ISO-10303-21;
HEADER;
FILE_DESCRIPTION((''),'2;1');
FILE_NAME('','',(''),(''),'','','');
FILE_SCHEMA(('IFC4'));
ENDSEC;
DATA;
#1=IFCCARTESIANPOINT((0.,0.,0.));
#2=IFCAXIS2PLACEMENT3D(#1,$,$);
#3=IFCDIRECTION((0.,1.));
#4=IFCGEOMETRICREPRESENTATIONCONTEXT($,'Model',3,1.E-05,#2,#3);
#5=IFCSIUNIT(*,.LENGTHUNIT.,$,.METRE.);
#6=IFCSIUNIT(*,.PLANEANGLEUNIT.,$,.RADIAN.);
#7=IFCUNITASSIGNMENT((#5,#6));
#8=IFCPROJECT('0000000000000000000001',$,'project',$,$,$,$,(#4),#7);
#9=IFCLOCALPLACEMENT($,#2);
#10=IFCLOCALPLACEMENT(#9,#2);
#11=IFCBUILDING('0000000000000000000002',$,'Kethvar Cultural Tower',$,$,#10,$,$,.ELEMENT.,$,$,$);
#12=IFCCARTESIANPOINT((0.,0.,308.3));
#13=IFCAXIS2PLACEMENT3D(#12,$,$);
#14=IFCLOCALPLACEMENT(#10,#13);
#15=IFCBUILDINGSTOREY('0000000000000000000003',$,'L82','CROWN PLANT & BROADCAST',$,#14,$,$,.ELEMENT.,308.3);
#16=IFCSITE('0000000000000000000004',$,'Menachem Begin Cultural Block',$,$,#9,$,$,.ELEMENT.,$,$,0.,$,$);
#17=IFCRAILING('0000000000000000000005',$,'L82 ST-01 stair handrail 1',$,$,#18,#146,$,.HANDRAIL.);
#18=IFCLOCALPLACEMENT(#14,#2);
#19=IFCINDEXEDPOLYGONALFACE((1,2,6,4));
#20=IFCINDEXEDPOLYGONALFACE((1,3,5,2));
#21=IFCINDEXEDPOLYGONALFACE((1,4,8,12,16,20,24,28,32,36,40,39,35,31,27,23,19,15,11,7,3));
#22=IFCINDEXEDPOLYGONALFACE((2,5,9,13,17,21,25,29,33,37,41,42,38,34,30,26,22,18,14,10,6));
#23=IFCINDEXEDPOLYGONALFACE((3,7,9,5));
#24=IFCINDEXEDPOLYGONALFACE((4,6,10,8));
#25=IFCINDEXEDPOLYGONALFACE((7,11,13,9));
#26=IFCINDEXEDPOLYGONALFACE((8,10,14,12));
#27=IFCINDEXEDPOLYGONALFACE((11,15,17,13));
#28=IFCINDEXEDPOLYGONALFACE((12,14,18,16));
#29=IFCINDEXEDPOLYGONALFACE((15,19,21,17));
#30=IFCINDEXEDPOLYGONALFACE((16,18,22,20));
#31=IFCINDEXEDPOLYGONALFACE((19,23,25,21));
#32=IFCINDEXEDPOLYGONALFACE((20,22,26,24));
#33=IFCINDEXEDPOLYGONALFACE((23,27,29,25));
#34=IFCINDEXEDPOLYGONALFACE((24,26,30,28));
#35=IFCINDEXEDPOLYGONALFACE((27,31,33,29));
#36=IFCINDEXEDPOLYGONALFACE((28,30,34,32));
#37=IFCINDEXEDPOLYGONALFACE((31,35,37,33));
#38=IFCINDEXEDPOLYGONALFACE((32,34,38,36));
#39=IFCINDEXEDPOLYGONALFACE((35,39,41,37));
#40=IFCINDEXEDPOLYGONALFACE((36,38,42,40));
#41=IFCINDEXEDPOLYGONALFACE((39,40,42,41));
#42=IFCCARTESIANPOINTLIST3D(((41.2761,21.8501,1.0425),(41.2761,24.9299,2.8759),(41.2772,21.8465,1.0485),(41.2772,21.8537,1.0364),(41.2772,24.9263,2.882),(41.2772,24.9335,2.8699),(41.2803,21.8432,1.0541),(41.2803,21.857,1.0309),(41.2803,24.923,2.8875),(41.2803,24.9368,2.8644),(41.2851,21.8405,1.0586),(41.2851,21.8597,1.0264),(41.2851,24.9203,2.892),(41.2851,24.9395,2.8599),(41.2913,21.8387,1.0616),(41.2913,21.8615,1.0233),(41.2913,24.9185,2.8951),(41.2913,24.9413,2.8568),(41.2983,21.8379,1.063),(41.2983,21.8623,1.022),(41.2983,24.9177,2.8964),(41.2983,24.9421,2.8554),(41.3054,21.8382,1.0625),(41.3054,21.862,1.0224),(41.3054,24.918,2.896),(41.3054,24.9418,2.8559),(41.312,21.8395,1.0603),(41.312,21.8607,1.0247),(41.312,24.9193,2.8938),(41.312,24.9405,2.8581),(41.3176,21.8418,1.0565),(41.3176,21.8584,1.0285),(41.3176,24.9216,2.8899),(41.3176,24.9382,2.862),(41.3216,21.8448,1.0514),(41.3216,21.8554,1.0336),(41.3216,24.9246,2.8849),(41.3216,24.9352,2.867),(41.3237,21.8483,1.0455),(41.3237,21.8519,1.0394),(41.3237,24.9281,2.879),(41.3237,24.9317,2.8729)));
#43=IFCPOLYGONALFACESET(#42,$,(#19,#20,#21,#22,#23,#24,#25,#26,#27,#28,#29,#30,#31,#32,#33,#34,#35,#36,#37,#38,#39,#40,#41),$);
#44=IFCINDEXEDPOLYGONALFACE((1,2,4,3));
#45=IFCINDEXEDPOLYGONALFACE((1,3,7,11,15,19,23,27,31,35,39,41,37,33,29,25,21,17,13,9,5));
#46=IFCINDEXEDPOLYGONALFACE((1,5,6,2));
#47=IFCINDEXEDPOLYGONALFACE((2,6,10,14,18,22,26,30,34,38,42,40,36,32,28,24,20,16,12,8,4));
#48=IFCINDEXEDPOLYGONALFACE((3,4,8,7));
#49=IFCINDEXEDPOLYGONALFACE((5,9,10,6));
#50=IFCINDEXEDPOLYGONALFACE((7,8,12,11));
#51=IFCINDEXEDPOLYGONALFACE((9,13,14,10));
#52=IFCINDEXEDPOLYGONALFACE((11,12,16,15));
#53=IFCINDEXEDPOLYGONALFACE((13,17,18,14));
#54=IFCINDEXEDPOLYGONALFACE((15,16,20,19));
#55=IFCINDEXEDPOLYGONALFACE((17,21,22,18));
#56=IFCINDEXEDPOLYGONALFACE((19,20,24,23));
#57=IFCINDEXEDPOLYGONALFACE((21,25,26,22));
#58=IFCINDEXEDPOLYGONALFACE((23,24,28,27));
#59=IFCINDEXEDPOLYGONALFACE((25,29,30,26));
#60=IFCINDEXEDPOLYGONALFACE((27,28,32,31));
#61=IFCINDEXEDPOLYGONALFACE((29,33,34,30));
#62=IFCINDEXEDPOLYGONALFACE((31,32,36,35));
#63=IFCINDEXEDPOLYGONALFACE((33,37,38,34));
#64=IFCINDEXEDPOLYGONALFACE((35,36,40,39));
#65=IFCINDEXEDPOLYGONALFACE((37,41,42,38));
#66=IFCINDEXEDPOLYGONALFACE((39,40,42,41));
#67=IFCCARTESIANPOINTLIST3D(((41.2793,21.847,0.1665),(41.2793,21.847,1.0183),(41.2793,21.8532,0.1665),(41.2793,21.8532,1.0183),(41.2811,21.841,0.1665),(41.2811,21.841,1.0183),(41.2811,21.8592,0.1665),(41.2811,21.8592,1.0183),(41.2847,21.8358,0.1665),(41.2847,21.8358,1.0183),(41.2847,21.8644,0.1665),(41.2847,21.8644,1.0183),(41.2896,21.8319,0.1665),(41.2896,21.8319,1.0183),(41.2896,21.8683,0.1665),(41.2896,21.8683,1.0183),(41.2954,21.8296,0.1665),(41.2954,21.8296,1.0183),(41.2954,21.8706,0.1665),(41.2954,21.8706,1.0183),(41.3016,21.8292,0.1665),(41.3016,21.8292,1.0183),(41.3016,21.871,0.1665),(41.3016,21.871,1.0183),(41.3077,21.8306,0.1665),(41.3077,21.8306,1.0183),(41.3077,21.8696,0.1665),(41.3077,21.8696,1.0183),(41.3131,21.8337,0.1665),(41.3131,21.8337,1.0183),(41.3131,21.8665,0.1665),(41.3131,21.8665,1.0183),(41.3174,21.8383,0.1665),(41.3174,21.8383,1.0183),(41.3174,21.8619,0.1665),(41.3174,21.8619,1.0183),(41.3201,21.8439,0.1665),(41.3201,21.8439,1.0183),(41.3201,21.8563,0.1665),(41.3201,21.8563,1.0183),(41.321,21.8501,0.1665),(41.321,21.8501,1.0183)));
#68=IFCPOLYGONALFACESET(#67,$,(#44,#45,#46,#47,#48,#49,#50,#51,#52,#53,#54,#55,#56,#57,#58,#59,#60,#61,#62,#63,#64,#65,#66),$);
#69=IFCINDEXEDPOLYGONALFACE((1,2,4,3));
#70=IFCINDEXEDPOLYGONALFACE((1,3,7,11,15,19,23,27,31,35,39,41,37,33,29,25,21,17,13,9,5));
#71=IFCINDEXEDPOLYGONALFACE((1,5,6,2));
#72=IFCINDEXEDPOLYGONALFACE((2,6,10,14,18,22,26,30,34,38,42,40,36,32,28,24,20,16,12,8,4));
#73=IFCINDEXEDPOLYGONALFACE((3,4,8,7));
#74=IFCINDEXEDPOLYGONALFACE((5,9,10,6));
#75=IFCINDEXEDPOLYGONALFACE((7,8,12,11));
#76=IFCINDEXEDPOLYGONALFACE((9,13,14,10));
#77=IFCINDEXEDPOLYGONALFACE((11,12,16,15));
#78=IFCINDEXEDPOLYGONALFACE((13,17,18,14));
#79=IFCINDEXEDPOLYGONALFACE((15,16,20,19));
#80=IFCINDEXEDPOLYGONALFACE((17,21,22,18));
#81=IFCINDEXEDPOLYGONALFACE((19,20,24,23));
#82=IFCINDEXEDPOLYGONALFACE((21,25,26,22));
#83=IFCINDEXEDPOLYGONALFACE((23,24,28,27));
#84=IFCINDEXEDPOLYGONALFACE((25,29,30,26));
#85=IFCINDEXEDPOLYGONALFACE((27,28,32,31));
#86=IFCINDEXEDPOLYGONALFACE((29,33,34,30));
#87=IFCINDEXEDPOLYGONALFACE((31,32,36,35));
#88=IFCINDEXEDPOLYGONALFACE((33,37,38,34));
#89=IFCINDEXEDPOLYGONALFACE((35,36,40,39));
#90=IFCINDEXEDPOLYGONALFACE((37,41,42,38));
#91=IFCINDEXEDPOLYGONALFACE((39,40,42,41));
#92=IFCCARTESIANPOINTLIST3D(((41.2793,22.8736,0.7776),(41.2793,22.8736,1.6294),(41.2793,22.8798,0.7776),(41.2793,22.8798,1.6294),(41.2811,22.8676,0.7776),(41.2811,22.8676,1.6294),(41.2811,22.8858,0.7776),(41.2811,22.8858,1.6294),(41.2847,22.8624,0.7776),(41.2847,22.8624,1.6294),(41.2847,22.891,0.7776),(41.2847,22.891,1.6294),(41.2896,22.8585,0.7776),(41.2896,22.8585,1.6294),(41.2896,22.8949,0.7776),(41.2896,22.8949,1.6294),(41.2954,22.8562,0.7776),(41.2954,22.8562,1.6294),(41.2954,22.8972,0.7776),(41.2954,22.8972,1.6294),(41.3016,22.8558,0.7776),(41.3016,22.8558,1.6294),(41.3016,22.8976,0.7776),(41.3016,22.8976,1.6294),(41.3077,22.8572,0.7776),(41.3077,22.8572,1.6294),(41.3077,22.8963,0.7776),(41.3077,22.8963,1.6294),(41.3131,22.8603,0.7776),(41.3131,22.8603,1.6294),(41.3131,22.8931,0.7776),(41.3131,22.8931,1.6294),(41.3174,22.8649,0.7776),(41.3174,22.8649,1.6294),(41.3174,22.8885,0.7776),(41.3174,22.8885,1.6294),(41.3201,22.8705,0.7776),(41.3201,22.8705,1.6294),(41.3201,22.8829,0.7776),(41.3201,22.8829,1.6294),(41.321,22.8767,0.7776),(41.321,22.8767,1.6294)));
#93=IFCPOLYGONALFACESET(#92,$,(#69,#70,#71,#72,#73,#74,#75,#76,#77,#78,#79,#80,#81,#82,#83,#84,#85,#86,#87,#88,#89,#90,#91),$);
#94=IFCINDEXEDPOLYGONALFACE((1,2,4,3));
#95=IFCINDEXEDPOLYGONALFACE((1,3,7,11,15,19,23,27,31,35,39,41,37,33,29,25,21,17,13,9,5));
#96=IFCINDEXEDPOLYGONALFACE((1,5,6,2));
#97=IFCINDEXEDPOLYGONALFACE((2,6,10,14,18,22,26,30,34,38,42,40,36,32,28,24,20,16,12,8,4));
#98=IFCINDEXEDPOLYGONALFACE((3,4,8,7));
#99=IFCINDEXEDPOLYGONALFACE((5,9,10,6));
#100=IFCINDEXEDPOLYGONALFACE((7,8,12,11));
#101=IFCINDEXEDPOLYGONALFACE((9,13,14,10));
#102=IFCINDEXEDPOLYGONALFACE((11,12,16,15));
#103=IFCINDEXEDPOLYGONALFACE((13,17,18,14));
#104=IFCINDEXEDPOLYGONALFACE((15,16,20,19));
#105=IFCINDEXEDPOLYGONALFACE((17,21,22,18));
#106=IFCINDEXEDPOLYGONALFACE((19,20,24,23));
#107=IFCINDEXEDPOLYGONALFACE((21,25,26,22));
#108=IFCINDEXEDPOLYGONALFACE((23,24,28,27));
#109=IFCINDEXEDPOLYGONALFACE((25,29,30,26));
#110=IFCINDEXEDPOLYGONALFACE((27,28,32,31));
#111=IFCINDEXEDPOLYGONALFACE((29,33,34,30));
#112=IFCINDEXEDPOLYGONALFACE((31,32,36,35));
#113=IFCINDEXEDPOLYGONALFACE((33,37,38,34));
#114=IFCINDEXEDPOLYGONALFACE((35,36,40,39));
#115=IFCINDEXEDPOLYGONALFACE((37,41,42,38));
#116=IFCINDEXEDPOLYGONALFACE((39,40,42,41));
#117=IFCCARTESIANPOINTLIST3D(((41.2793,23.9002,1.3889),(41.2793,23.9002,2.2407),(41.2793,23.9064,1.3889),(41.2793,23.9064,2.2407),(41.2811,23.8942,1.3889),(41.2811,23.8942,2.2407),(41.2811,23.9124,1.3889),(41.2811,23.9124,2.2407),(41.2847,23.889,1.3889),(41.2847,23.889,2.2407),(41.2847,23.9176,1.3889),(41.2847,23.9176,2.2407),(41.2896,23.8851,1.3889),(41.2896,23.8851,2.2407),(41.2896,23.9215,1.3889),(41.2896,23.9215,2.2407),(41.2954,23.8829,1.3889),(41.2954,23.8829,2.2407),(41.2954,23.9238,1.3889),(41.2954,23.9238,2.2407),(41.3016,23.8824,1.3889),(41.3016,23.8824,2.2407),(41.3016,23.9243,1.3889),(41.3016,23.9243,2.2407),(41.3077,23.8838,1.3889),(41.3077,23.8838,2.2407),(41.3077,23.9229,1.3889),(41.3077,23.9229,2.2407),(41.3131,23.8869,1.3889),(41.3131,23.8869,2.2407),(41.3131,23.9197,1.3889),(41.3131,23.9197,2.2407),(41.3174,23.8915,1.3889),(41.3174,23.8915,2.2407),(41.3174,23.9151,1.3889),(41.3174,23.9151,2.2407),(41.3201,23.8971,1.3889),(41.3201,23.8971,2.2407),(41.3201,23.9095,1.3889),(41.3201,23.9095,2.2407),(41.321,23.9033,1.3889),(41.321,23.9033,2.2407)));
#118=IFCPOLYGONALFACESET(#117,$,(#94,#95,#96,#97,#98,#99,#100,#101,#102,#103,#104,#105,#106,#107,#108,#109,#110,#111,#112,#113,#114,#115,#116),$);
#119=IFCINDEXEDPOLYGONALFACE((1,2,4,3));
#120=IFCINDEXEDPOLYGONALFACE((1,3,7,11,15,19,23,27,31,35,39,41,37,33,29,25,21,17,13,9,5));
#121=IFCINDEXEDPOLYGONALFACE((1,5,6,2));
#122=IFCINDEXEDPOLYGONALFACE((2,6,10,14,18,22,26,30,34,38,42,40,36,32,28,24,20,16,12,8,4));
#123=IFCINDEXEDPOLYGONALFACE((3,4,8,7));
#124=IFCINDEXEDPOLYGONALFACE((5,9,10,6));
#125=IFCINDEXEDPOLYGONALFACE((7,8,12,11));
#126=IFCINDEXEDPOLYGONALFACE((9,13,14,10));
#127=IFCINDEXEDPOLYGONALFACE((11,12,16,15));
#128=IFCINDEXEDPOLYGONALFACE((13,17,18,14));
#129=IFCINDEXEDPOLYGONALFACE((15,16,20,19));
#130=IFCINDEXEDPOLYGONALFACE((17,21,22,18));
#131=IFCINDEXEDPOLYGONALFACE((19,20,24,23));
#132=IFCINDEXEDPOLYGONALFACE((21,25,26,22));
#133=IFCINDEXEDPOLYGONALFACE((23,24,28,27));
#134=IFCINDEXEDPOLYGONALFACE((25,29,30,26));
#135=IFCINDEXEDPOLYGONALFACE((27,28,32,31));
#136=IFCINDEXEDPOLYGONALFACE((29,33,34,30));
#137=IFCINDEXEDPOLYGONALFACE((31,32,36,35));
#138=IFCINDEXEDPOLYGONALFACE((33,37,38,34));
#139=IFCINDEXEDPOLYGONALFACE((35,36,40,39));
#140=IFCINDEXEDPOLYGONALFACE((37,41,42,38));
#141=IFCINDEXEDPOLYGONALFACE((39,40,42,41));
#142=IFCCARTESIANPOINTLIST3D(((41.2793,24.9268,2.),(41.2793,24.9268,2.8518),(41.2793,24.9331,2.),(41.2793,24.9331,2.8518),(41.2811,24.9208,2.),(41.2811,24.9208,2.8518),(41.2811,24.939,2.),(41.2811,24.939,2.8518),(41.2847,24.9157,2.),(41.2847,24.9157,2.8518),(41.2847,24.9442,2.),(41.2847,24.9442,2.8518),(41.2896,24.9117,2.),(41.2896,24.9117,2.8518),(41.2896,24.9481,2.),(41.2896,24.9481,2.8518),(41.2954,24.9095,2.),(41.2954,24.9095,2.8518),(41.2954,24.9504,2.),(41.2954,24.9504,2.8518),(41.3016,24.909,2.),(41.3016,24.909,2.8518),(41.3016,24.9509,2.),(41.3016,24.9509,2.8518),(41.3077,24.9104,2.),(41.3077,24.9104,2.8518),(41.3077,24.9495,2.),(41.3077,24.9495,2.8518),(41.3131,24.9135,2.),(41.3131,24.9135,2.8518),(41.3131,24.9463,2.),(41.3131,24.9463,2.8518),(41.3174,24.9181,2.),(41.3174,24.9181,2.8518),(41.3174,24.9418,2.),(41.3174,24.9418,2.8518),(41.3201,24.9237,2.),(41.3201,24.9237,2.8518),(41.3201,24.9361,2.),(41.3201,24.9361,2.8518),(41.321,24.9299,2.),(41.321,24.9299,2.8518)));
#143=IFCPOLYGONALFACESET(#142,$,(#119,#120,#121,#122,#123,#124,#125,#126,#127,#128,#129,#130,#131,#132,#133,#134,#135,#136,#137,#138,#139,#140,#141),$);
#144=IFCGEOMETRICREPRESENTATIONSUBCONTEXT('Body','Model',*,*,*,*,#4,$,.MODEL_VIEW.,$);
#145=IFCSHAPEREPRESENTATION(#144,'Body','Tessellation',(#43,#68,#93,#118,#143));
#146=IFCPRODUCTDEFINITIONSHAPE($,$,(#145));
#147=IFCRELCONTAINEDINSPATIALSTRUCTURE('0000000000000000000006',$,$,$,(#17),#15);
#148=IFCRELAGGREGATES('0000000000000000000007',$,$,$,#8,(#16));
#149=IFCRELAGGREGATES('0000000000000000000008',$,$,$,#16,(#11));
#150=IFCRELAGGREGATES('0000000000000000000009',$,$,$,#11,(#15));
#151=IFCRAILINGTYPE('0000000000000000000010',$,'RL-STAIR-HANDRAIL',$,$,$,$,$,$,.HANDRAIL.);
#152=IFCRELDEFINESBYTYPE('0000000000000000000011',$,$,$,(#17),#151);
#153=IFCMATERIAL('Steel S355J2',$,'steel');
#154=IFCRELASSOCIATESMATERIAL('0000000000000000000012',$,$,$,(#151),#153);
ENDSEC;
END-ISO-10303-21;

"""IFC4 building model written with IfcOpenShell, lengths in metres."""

from ifc_helpers import new_model, si_unit, direction, frame, origin, origin_2d, place, context, subcontext, project, spatial, circle, extrude, material, type_object, element, save


model = new_model("IFC4")

# Units and contexts
model_context = context("Model", 3, precision=1e-05, world=origin(), true_north=direction((0.0, 1.0)))
body_context = subcontext(model_context, "Body", "Model", "MODEL_VIEW")
ifc_project = project(units=[si_unit("LENGTHUNIT", "METRE"), si_unit("PLANEANGLEUNIT", "RADIAN")], contexts=[model_context])

# Site, building, storey
site_placement = place(None, origin())
site = spatial("IfcSite", under=ifc_project, at=site_placement, Name="Menachem Begin Cultural Block", CompositionType="ELEMENT", RefElevation=0.0)
building_placement = place(site_placement, origin())
building = spatial("IfcBuilding", under=site, at=building_placement, Name="Kethvar Cultural Tower", CompositionType="ELEMENT")
storey_placement = place(building_placement, frame((0.0, 0.0, 308.3)))
storey = spatial("IfcBuildingStorey", under=building, at=storey_placement, Name="L82", Description="CROWN PLANT & BROADCAST", CompositionType="ELEMENT", Elevation=308.3)

# Shared definitions
ifc_material_1 = material(Name="Steel S355J2", Category="steel")

# Railing
railing_type_1 = type_object("IfcRailingType", Name="RL-STAIR-HANDRAIL", PredefinedType="HANDRAIL", material=ifc_material_1)
railing_1_placement = place(storey_placement, frame((41.3, 21.8501, 0.1665)))
element("IfcRailing", 1, at=railing_1_placement, inside=storey, type_object=railing_type_1, Name="L82 ST-01 stair handrail 1", PredefinedType="HANDRAIL", context=body_context, shape_type="SweptSolid", body=[
    extrude(circle(Radius=0.0239, at=origin_2d()), frame((0.0, 0.0, 0.876), z_axis=(0.0, 0.859261, 0.511538), x_axis=(-1.0, 0.0, 0.0)), (0.0, 0.0, 1.0), 3.5842),
    extrude(circle(Radius=0.021, at=origin_2d()), origin(), (0.0, 0.0, 1.0), 0.8518),
    extrude(circle(Radius=0.021, at=origin_2d()), frame((0.0, 1.0266, 0.6111)), (0.0, 0.0, 1.0), 0.8518),
    extrude(circle(Radius=0.021, at=origin_2d()), frame((0.0, 2.0532, 1.2224)), (0.0, 0.0, 1.0), 0.8518),
    extrude(circle(Radius=0.021, at=origin_2d()), frame((0.0, 3.0798, 1.8335)), (0.0, 0.0, 1.0), 0.8518),
])

save(model, "model.ifc")
